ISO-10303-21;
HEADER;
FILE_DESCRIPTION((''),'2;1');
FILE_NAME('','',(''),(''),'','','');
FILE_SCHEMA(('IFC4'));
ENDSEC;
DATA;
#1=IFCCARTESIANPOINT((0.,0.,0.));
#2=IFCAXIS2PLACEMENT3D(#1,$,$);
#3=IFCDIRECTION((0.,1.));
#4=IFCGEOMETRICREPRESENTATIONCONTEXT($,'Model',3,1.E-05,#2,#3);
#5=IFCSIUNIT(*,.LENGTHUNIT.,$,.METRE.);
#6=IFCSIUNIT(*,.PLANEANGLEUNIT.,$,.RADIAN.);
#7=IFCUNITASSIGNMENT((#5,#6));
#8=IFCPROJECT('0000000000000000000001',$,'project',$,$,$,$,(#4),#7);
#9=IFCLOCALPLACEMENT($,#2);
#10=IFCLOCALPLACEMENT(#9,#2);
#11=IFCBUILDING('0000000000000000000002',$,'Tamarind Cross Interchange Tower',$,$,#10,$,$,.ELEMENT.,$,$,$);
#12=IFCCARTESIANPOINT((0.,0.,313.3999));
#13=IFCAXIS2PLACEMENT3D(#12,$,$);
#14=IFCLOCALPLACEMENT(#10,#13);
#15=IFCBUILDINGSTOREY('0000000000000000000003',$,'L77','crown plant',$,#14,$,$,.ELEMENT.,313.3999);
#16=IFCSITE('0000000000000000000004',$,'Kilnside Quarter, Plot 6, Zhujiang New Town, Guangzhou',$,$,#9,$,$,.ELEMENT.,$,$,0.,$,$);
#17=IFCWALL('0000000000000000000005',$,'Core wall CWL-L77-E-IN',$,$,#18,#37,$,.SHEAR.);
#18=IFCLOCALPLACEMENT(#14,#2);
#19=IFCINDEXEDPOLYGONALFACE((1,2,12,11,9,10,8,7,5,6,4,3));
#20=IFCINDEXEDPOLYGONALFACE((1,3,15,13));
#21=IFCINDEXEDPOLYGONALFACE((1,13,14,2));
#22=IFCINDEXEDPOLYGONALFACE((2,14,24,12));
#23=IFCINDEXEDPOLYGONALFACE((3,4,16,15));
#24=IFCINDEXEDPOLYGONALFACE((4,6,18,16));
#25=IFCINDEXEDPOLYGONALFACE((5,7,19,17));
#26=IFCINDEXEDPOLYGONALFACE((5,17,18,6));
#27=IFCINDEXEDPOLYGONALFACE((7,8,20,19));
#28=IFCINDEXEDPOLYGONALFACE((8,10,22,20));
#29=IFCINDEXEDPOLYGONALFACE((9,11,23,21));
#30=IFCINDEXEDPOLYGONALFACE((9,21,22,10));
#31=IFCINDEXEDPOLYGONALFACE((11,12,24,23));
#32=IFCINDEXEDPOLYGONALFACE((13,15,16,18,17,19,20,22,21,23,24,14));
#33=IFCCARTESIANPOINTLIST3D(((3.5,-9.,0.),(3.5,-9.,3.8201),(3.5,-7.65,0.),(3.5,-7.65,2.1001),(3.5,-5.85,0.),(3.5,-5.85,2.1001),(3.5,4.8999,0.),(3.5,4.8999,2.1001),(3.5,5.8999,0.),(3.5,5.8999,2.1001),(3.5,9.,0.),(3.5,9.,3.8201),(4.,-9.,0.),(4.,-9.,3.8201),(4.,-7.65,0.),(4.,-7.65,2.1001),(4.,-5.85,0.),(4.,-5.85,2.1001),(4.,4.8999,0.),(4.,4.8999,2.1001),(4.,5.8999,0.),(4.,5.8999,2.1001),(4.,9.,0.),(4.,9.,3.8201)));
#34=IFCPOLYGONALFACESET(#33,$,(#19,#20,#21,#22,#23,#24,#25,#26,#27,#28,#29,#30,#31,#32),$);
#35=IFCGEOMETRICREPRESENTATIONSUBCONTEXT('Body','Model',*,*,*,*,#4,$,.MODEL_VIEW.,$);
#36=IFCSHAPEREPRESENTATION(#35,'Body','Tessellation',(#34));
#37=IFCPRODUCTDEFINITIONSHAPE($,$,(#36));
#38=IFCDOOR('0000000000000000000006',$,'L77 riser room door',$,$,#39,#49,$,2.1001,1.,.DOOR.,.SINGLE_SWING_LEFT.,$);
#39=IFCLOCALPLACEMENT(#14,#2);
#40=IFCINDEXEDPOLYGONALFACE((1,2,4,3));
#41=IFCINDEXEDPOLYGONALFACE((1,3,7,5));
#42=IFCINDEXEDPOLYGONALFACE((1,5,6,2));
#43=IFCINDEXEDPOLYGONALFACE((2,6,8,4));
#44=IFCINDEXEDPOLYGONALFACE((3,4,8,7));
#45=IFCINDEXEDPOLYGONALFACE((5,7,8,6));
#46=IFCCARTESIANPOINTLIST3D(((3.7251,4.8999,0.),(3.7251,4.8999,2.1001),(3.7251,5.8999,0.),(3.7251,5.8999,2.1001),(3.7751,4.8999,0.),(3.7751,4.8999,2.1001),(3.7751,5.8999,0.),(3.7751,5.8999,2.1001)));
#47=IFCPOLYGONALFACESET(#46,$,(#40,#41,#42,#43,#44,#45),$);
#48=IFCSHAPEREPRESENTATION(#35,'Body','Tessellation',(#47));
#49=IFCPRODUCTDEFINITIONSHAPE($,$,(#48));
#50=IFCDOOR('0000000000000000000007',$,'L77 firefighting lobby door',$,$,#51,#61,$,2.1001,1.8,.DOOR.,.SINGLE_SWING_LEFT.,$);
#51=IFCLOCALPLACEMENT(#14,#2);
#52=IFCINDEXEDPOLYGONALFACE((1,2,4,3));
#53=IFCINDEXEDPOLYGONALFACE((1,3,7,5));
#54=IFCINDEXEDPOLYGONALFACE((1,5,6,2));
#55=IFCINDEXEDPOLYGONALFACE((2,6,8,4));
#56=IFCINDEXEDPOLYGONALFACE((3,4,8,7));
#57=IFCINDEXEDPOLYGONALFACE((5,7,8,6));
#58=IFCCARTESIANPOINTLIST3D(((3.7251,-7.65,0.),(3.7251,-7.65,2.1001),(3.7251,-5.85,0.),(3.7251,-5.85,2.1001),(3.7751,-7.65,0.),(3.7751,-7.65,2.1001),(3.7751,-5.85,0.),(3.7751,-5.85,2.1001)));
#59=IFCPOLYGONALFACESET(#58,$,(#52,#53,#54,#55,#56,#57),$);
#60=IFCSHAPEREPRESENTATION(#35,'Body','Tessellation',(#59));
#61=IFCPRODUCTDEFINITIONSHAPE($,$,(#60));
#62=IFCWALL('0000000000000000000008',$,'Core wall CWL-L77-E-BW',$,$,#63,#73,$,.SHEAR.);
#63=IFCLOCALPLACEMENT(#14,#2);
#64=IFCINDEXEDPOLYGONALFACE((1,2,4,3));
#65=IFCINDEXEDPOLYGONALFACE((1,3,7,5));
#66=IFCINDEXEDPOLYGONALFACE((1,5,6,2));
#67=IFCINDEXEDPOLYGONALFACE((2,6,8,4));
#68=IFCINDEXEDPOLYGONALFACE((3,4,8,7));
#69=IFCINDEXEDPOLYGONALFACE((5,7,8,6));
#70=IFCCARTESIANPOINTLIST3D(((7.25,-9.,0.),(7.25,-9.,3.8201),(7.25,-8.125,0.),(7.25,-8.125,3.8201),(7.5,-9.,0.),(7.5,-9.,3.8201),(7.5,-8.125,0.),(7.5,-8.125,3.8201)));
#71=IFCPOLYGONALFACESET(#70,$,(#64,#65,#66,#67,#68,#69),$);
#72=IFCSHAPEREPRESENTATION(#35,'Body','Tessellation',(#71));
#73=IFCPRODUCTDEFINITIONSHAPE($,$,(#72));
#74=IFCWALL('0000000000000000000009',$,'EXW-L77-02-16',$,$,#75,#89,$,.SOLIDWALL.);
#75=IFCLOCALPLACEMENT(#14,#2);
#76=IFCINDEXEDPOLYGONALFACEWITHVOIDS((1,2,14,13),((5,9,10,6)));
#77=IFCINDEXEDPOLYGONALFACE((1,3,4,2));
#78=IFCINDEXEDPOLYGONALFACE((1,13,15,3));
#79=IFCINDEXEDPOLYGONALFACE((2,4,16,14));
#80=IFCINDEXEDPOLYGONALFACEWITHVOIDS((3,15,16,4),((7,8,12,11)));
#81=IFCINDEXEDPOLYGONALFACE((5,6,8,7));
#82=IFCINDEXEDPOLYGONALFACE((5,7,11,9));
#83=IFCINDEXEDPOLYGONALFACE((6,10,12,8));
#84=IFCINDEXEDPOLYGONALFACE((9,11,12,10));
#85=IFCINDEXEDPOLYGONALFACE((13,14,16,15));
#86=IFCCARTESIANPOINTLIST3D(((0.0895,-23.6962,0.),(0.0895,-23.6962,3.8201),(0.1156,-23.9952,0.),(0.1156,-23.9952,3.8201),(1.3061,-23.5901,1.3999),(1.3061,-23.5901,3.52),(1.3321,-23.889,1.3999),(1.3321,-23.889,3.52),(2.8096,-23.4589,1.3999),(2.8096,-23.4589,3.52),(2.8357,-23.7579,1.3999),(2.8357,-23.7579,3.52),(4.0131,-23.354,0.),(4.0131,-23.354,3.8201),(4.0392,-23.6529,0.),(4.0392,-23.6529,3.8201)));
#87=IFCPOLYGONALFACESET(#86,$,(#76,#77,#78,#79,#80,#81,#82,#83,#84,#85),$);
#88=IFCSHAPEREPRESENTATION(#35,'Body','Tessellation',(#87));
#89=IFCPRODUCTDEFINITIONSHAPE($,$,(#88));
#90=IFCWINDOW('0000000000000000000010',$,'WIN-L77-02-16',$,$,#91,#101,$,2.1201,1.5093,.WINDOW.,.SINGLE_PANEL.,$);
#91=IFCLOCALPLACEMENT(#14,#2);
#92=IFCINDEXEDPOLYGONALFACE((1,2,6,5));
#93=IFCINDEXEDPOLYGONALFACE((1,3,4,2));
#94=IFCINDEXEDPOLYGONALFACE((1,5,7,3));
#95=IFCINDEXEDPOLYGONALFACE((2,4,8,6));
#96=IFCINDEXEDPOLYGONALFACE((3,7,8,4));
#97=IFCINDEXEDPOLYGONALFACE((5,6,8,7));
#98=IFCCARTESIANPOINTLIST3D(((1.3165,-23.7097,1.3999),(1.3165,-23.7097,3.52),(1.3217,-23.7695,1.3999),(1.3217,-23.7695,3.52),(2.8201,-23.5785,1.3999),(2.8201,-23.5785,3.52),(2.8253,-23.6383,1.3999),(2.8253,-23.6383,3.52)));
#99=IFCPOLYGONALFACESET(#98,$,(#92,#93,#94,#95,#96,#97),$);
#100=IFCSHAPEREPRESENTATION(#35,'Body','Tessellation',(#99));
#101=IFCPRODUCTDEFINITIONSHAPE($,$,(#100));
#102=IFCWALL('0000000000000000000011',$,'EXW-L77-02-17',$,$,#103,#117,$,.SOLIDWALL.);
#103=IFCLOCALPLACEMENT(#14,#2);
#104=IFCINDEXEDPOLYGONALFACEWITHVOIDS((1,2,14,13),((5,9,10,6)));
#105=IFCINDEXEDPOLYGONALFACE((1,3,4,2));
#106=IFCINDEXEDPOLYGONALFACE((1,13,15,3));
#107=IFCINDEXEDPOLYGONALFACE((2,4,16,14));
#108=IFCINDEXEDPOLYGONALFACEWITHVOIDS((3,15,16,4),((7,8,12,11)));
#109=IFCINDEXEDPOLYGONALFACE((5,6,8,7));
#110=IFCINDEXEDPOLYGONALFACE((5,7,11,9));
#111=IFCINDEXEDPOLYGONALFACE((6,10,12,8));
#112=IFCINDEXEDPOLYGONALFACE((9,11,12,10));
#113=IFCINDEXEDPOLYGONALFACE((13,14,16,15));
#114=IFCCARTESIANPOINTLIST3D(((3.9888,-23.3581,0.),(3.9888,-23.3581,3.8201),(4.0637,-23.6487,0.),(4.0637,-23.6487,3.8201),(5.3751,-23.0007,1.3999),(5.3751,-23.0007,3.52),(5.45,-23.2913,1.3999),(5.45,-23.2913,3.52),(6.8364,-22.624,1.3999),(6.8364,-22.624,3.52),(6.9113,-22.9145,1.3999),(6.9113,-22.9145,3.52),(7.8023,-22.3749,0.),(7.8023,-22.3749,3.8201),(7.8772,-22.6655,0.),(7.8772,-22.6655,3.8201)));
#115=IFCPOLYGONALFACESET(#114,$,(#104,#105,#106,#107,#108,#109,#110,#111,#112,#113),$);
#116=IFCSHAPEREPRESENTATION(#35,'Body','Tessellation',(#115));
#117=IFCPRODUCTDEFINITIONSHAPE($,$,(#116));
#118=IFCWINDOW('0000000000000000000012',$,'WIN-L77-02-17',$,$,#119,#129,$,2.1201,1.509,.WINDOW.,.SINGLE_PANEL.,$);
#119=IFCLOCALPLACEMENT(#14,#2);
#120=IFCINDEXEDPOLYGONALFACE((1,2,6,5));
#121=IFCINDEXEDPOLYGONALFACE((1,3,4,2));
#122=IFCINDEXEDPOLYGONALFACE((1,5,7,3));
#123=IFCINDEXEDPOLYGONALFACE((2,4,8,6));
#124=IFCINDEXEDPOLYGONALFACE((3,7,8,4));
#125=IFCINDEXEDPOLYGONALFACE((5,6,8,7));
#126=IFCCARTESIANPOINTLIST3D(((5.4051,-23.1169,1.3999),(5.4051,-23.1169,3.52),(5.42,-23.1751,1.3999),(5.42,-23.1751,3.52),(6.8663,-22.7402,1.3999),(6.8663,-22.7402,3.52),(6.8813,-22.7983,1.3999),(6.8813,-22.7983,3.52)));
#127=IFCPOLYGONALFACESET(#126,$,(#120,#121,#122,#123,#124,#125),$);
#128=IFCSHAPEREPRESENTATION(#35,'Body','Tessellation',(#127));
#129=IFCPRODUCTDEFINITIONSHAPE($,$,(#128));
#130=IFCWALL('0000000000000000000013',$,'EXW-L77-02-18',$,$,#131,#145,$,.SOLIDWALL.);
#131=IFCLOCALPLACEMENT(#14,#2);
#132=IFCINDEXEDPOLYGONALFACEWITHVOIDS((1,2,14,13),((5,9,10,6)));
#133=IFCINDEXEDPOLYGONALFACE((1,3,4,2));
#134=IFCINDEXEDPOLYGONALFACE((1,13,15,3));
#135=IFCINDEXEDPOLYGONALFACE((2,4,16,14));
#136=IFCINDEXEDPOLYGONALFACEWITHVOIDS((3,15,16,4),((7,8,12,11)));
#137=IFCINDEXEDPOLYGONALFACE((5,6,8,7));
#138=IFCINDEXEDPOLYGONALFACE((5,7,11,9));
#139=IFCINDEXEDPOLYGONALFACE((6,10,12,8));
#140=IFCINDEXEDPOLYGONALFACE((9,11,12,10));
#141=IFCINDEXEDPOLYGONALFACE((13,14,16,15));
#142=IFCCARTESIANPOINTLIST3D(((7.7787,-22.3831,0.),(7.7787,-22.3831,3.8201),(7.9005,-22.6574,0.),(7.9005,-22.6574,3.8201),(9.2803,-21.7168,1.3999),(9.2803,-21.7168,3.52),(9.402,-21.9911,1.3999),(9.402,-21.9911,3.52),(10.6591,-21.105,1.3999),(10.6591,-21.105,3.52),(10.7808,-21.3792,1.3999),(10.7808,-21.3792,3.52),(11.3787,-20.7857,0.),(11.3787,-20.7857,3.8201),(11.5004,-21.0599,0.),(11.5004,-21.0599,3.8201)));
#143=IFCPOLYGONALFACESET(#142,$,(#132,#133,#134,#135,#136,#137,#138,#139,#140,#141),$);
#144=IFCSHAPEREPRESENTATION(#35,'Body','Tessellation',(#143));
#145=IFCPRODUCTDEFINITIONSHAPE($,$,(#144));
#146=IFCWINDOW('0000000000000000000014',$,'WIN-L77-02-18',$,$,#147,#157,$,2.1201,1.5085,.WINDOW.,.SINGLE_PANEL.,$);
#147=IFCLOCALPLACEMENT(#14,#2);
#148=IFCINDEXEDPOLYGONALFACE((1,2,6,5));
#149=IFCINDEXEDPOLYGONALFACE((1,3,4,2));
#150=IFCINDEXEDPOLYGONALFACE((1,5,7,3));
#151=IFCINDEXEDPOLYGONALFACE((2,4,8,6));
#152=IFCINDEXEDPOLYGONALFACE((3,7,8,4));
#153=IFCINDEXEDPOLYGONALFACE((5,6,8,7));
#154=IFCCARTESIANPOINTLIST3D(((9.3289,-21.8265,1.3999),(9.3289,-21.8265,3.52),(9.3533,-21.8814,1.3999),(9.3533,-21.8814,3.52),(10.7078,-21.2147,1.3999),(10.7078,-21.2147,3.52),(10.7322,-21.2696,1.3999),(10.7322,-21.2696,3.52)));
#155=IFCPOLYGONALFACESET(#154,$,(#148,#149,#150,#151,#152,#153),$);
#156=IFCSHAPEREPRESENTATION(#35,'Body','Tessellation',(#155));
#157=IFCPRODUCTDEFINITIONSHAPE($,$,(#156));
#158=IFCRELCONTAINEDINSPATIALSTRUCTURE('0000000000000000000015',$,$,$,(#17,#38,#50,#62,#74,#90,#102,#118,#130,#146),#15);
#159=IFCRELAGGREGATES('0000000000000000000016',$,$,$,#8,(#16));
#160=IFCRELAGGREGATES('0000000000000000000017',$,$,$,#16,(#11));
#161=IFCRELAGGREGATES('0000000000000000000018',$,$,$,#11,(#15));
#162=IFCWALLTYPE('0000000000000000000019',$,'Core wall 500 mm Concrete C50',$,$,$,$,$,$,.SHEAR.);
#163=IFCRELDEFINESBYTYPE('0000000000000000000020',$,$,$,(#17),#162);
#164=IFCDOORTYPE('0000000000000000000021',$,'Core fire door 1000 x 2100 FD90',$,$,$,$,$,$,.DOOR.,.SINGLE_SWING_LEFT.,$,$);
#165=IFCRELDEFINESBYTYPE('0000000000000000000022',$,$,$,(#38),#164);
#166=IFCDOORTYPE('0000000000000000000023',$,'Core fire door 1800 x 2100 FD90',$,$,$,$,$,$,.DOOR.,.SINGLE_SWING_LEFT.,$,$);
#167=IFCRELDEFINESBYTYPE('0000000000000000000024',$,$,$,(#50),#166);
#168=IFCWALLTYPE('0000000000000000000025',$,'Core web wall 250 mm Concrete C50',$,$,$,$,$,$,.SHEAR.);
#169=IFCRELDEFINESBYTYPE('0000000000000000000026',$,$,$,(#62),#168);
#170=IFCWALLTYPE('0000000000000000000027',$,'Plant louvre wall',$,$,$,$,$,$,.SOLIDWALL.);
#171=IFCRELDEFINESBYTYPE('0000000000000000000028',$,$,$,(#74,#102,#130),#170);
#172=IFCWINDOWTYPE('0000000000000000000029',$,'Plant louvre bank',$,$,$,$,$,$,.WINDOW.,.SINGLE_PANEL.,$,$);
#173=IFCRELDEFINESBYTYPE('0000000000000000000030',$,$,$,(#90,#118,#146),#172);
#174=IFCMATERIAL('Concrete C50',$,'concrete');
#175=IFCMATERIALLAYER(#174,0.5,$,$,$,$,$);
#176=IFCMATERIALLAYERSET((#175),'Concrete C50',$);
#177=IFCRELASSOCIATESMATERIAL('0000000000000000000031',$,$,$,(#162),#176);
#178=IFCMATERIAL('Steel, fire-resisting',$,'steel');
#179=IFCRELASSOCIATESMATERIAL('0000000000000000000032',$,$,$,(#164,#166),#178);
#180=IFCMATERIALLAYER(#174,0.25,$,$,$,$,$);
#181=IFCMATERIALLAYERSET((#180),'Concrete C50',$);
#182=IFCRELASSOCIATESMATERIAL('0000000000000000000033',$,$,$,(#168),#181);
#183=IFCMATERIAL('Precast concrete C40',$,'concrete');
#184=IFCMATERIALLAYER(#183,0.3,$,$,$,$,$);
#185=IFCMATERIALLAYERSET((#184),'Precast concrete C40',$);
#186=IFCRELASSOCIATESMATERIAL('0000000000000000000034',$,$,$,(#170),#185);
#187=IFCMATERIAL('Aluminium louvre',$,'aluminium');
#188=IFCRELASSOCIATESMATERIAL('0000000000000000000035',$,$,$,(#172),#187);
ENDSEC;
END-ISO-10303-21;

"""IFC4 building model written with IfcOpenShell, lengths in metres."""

from ifc_helpers import new_model, si_unit, direction, frame, frame_2d, origin, place, context, subcontext, project, spatial, rectangle, extrude, material, layer, layer_set, type_object, element, fill, save


model = new_model("IFC4")

# Units and contexts
model_context = context("Model", 3, precision=1e-05, world=origin(), true_north=direction((0.0, 1.0)))
body_context = subcontext(model_context, "Body", "Model", "MODEL_VIEW")
ifc_project = project(units=[si_unit("LENGTHUNIT", "METRE"), si_unit("PLANEANGLEUNIT", "RADIAN")], contexts=[model_context])

# Site, building, storey
site_placement = place(None, origin())
site = spatial("IfcSite", under=ifc_project, at=site_placement, Name="Kilnside Quarter, Plot 6, Zhujiang New Town, Guangzhou", CompositionType="ELEMENT", RefElevation=0.0)
building_placement = place(site_placement, origin())
building = spatial("IfcBuilding", under=site, at=building_placement, Name="Tamarind Cross Interchange Tower", CompositionType="ELEMENT")
storey_placement = place(building_placement, frame((0.0, 0.0, 313.3999)))
storey = spatial("IfcBuildingStorey", under=building, at=storey_placement, Name="L77", Description="crown plant", CompositionType="ELEMENT", Elevation=313.3999)

# Wall, openings, doors
ifc_material_1 = material(Name="Concrete C50", Category="concrete")
ifc_layer_1 = layer(ifc_material_1, 0.5)
ifc_layer_set_1 = layer_set([ifc_layer_1], Name="Concrete C50")
wall_type_1 = type_object("IfcWallType", Name="Core wall 500 mm Concrete C50", PredefinedType="SHEAR", material=ifc_layer_set_1)
wall_1_placement = place(storey_placement, frame((3.75, -9.0, 0.0), z_axis=(0.0, 0.0, 1.0), x_axis=(0.0, 1.0, 0.0)))
wall_1 = element("IfcWall", 1, at=wall_1_placement, inside=storey, type_object=wall_type_1, Name="Core wall CWL-L77-E-IN", PredefinedType="SHEAR", context=body_context, shape_type="SweptSolid", body=[
    extrude(rectangle(XDim=18.0, YDim=0.5, at=frame_2d((9.0, 0.0))), origin(), (0.0, 0.0, 1.0), 3.8201),
])
opening_1_placement = place(wall_1_placement, frame((1.3501, 0.0, 0.0)))
opening_1 = element("IfcOpeningElement", 2, at=opening_1_placement, cuts=wall_1, PredefinedType="OPENING", context=body_context, shape_type="SweptSolid", body=[
    extrude(rectangle(XDim=1.8, YDim=2.1001, at=frame_2d((0.8999, 1.05))), frame((0.0, 0.26, 0.0), z_axis=(0.0, -1.0, 0.0), x_axis=(1.0, 0.0, 0.0)), (0.0, 0.0, 1.0), 0.52),
])
opening_2_placement = place(wall_1_placement, frame((13.8999, 0.0, 0.0)))
opening_2 = element("IfcOpeningElement", 3, at=opening_2_placement, cuts=wall_1, PredefinedType="OPENING", context=body_context, shape_type="SweptSolid", body=[
    extrude(rectangle(XDim=1.0, YDim=2.1001, at=frame_2d((0.5, 1.05))), frame((0.0, 0.26, 0.0), z_axis=(0.0, -1.0, 0.0), x_axis=(1.0, 0.0, 0.0)), (0.0, 0.0, 1.0), 0.52),
])
ifc_material_2 = material(Name="Steel, fire-resisting", Category="steel")
door_type_1 = type_object("IfcDoorType", Name="Core fire door 1000 x 2100 FD90", OperationType="SINGLE_SWING_LEFT", PredefinedType="DOOR", material=ifc_material_2)
door_1_placement = place(opening_2_placement, origin())
door_1 = element("IfcDoor", 4, at=door_1_placement, inside=storey, type_object=door_type_1, Name="L77 riser room door", OperationType="SINGLE_SWING_LEFT", OverallHeight=2.1001, OverallWidth=1.0, PredefinedType="DOOR", context=body_context, shape_type="SweptSolid", body=[
    extrude(rectangle(XDim=1.0, YDim=2.1001, at=frame_2d((0.5, 1.05))), frame((0.0, 0.0249, 0.0), z_axis=(0.0, -1.0, 0.0), x_axis=(1.0, 0.0, 0.0)), (0.0, 0.0, 1.0), 0.05),
])
fill(opening_2, door_1)
door_type_2 = type_object("IfcDoorType", Name="Core fire door 1800 x 2100 FD90", OperationType="SINGLE_SWING_LEFT", PredefinedType="DOOR", material=ifc_material_2)
door_2_placement = place(opening_1_placement, origin())
door_2 = element("IfcDoor", 5, at=door_2_placement, inside=storey, type_object=door_type_2, Name="L77 firefighting lobby door", OperationType="SINGLE_SWING_LEFT", OverallHeight=2.1001, OverallWidth=1.8, PredefinedType="DOOR", context=body_context, shape_type="SweptSolid", body=[
    extrude(rectangle(XDim=1.8, YDim=2.1001, at=frame_2d((0.8999, 1.05))), frame((0.0, 0.0249, 0.0), z_axis=(0.0, -1.0, 0.0), x_axis=(1.0, 0.0, 0.0)), (0.0, 0.0, 1.0), 0.05),
])
fill(opening_1, door_2)

# Wall
ifc_layer_2 = layer(ifc_material_1, 0.25)
ifc_layer_set_2 = layer_set([ifc_layer_2], Name="Concrete C50")
wall_type_2 = type_object("IfcWallType", Name="Core web wall 250 mm Concrete C50", PredefinedType="SHEAR", material=ifc_layer_set_2)
wall_2_placement = place(storey_placement, frame((7.375, -9.0, 0.0), z_axis=(0.0, 0.0, 1.0), x_axis=(0.0, 1.0, 0.0)))
element("IfcWall", 6, at=wall_2_placement, inside=storey, type_object=wall_type_2, Name="Core wall CWL-L77-E-BW", PredefinedType="SHEAR", context=body_context, shape_type="SweptSolid", body=[
    extrude(rectangle(XDim=0.875, YDim=0.25, at=frame_2d((0.4375, 0.0))), origin(), (0.0, 0.0, 1.0), 3.8201),
])

# Walls, openings, windows
ifc_material_3 = material(Name="Precast concrete C40", Category="concrete")
ifc_layer_3 = layer(ifc_material_3, 0.3)
ifc_layer_set_3 = layer_set([ifc_layer_3], Name="Precast concrete C40")
wall_type_3 = type_object("IfcWallType", Name="Plant louvre wall", PredefinedType="SOLIDWALL", material=ifc_layer_set_3)
wall_3_placement = place(storey_placement, frame((0.1025, -23.8457, 0.0), z_axis=(0.0, 0.0, 1.0), x_axis=(0.996216, 0.086908, 0.0)))
wall_3 = element("IfcWall", 7, at=wall_3_placement, inside=storey, type_object=wall_type_3, Name="EXW-L77-02-16", PredefinedType="SOLIDWALL", context=body_context, shape_type="SweptSolid", body=[
    extrude(rectangle(XDim=3.9385, YDim=0.3, at=frame_2d((1.9692, 0.0))), origin(), (0.0, 0.0, 1.0), 3.8201),
])
opening_3_placement = place(wall_3_placement, frame((1.2212, 0.0, 1.3999)))
opening_3 = element("IfcOpeningElement", 8, at=opening_3_placement, cuts=wall_3, PredefinedType="OPENING", context=body_context, shape_type="SweptSolid", body=[
    extrude(rectangle(XDim=1.5093, YDim=2.1201, at=frame_2d((0.7546, 1.0601))), frame((0.0, 0.1599, 0.0), z_axis=(0.0, -1.0, 0.0), x_axis=(1.0, 0.0, 0.0)), (0.0, 0.0, 1.0), 0.3201),
])
ifc_material_4 = material(Name="Aluminium louvre", Category="aluminium")
window_type = type_object("IfcWindowType", Name="Plant louvre bank", PartitioningType="SINGLE_PANEL", PredefinedType="WINDOW", material=ifc_material_4)
window_1_placement = place(opening_3_placement, origin())
window_1 = element("IfcWindow", 9, at=window_1_placement, inside=storey, type_object=window_type, Name="WIN-L77-02-16", OverallHeight=2.1201, OverallWidth=1.5093, PartitioningType="SINGLE_PANEL", PredefinedType="WINDOW", context=body_context, shape_type="SweptSolid", body=[
    extrude(rectangle(XDim=1.5093, YDim=2.1201, at=frame_2d((0.7546, 1.0601))), frame((0.0, 0.03, 0.0), z_axis=(0.0, -1.0, 0.0), x_axis=(1.0, 0.0, 0.0)), (0.0, 0.0, 1.0), 0.0601),
])
fill(opening_3, window_1)
wall_4_placement = place(storey_placement, frame((4.0261, -23.5034, 0.0), z_axis=(0.0, 0.0, 1.0), x_axis=(0.968337, 0.249647, 0.0)))
wall_4 = element("IfcWall", 10, at=wall_4_placement, inside=storey, type_object=wall_type_3, Name="EXW-L77-02-17", PredefinedType="SOLIDWALL", context=body_context, shape_type="SweptSolid", body=[
    extrude(rectangle(XDim=3.9382, YDim=0.3, at=frame_2d((1.9692, 0.0))), origin(), (0.0, 0.0, 1.0), 3.8201),
])
opening_4_placement = place(wall_4_placement, frame((1.4319, 0.0, 1.3999)))
opening_4 = element("IfcOpeningElement", 11, at=opening_4_placement, cuts=wall_4, PredefinedType="OPENING", context=body_context, shape_type="SweptSolid", body=[
    extrude(rectangle(XDim=1.509, YDim=2.1201, at=frame_2d((0.7544, 1.0601))), frame((0.0, 0.1599, 0.0), z_axis=(0.0, -1.0, 0.0), x_axis=(1.0, 0.0, 0.0)), (0.0, 0.0, 1.0), 0.3201),
])
window_2_placement = place(opening_4_placement, origin())
window_2 = element("IfcWindow", 12, at=window_2_placement, inside=storey, type_object=window_type, Name="WIN-L77-02-17", OverallHeight=2.1201, OverallWidth=1.509, PartitioningType="SINGLE_PANEL", PredefinedType="WINDOW", context=body_context, shape_type="SweptSolid", body=[
    extrude(rectangle(XDim=1.509, YDim=2.1201, at=frame_2d((0.7544, 1.0601))), frame((0.0, 0.03, 0.0), z_axis=(0.0, -1.0, 0.0), x_axis=(1.0, 0.0, 0.0)), (0.0, 0.0, 1.0), 0.0601),
])
fill(opening_4, window_2)
wall_5_placement = place(storey_placement, frame((7.8396, -22.5203, 0.0), z_axis=(0.0, 0.0, 1.0), x_axis=(0.914049, 0.405603, 0.0)))
wall_5 = element("IfcWall", 13, at=wall_5_placement, inside=storey, type_object=wall_type_3, Name="EXW-L77-02-18", PredefinedType="SOLIDWALL", context=body_context, shape_type="SweptSolid", body=[
    extrude(rectangle(XDim=3.9385, YDim=0.3, at=frame_2d((1.9692, 0.0))), origin(), (0.0, 0.0, 1.0), 3.8201),
])
opening_5_placement = place(wall_5_placement, frame((1.6426, 0.0, 1.3999)))
opening_5 = element("IfcOpeningElement", 14, at=opening_5_placement, cuts=wall_5, PredefinedType="OPENING", context=body_context, shape_type="SweptSolid", body=[
    extrude(rectangle(XDim=1.5085, YDim=2.1201, at=frame_2d((0.7544, 1.0601))), frame((0.0, 0.1599, 0.0), z_axis=(0.0, -1.0, 0.0), x_axis=(1.0, 0.0, 0.0)), (0.0, 0.0, 1.0), 0.3201),
])
window_3_placement = place(opening_5_placement, origin())
window_3 = element("IfcWindow", 15, at=window_3_placement, inside=storey, type_object=window_type, Name="WIN-L77-02-18", OverallHeight=2.1201, OverallWidth=1.5085, PartitioningType="SINGLE_PANEL", PredefinedType="WINDOW", context=body_context, shape_type="SweptSolid", body=[
    extrude(rectangle(XDim=1.5085, YDim=2.1201, at=frame_2d((0.7544, 1.0601))), frame((0.0, 0.03, 0.0), z_axis=(0.0, -1.0, 0.0), x_axis=(1.0, 0.0, 0.0)), (0.0, 0.0, 1.0), 0.0601),
])
fill(opening_5, window_3)

save(model, "model.ifc")
